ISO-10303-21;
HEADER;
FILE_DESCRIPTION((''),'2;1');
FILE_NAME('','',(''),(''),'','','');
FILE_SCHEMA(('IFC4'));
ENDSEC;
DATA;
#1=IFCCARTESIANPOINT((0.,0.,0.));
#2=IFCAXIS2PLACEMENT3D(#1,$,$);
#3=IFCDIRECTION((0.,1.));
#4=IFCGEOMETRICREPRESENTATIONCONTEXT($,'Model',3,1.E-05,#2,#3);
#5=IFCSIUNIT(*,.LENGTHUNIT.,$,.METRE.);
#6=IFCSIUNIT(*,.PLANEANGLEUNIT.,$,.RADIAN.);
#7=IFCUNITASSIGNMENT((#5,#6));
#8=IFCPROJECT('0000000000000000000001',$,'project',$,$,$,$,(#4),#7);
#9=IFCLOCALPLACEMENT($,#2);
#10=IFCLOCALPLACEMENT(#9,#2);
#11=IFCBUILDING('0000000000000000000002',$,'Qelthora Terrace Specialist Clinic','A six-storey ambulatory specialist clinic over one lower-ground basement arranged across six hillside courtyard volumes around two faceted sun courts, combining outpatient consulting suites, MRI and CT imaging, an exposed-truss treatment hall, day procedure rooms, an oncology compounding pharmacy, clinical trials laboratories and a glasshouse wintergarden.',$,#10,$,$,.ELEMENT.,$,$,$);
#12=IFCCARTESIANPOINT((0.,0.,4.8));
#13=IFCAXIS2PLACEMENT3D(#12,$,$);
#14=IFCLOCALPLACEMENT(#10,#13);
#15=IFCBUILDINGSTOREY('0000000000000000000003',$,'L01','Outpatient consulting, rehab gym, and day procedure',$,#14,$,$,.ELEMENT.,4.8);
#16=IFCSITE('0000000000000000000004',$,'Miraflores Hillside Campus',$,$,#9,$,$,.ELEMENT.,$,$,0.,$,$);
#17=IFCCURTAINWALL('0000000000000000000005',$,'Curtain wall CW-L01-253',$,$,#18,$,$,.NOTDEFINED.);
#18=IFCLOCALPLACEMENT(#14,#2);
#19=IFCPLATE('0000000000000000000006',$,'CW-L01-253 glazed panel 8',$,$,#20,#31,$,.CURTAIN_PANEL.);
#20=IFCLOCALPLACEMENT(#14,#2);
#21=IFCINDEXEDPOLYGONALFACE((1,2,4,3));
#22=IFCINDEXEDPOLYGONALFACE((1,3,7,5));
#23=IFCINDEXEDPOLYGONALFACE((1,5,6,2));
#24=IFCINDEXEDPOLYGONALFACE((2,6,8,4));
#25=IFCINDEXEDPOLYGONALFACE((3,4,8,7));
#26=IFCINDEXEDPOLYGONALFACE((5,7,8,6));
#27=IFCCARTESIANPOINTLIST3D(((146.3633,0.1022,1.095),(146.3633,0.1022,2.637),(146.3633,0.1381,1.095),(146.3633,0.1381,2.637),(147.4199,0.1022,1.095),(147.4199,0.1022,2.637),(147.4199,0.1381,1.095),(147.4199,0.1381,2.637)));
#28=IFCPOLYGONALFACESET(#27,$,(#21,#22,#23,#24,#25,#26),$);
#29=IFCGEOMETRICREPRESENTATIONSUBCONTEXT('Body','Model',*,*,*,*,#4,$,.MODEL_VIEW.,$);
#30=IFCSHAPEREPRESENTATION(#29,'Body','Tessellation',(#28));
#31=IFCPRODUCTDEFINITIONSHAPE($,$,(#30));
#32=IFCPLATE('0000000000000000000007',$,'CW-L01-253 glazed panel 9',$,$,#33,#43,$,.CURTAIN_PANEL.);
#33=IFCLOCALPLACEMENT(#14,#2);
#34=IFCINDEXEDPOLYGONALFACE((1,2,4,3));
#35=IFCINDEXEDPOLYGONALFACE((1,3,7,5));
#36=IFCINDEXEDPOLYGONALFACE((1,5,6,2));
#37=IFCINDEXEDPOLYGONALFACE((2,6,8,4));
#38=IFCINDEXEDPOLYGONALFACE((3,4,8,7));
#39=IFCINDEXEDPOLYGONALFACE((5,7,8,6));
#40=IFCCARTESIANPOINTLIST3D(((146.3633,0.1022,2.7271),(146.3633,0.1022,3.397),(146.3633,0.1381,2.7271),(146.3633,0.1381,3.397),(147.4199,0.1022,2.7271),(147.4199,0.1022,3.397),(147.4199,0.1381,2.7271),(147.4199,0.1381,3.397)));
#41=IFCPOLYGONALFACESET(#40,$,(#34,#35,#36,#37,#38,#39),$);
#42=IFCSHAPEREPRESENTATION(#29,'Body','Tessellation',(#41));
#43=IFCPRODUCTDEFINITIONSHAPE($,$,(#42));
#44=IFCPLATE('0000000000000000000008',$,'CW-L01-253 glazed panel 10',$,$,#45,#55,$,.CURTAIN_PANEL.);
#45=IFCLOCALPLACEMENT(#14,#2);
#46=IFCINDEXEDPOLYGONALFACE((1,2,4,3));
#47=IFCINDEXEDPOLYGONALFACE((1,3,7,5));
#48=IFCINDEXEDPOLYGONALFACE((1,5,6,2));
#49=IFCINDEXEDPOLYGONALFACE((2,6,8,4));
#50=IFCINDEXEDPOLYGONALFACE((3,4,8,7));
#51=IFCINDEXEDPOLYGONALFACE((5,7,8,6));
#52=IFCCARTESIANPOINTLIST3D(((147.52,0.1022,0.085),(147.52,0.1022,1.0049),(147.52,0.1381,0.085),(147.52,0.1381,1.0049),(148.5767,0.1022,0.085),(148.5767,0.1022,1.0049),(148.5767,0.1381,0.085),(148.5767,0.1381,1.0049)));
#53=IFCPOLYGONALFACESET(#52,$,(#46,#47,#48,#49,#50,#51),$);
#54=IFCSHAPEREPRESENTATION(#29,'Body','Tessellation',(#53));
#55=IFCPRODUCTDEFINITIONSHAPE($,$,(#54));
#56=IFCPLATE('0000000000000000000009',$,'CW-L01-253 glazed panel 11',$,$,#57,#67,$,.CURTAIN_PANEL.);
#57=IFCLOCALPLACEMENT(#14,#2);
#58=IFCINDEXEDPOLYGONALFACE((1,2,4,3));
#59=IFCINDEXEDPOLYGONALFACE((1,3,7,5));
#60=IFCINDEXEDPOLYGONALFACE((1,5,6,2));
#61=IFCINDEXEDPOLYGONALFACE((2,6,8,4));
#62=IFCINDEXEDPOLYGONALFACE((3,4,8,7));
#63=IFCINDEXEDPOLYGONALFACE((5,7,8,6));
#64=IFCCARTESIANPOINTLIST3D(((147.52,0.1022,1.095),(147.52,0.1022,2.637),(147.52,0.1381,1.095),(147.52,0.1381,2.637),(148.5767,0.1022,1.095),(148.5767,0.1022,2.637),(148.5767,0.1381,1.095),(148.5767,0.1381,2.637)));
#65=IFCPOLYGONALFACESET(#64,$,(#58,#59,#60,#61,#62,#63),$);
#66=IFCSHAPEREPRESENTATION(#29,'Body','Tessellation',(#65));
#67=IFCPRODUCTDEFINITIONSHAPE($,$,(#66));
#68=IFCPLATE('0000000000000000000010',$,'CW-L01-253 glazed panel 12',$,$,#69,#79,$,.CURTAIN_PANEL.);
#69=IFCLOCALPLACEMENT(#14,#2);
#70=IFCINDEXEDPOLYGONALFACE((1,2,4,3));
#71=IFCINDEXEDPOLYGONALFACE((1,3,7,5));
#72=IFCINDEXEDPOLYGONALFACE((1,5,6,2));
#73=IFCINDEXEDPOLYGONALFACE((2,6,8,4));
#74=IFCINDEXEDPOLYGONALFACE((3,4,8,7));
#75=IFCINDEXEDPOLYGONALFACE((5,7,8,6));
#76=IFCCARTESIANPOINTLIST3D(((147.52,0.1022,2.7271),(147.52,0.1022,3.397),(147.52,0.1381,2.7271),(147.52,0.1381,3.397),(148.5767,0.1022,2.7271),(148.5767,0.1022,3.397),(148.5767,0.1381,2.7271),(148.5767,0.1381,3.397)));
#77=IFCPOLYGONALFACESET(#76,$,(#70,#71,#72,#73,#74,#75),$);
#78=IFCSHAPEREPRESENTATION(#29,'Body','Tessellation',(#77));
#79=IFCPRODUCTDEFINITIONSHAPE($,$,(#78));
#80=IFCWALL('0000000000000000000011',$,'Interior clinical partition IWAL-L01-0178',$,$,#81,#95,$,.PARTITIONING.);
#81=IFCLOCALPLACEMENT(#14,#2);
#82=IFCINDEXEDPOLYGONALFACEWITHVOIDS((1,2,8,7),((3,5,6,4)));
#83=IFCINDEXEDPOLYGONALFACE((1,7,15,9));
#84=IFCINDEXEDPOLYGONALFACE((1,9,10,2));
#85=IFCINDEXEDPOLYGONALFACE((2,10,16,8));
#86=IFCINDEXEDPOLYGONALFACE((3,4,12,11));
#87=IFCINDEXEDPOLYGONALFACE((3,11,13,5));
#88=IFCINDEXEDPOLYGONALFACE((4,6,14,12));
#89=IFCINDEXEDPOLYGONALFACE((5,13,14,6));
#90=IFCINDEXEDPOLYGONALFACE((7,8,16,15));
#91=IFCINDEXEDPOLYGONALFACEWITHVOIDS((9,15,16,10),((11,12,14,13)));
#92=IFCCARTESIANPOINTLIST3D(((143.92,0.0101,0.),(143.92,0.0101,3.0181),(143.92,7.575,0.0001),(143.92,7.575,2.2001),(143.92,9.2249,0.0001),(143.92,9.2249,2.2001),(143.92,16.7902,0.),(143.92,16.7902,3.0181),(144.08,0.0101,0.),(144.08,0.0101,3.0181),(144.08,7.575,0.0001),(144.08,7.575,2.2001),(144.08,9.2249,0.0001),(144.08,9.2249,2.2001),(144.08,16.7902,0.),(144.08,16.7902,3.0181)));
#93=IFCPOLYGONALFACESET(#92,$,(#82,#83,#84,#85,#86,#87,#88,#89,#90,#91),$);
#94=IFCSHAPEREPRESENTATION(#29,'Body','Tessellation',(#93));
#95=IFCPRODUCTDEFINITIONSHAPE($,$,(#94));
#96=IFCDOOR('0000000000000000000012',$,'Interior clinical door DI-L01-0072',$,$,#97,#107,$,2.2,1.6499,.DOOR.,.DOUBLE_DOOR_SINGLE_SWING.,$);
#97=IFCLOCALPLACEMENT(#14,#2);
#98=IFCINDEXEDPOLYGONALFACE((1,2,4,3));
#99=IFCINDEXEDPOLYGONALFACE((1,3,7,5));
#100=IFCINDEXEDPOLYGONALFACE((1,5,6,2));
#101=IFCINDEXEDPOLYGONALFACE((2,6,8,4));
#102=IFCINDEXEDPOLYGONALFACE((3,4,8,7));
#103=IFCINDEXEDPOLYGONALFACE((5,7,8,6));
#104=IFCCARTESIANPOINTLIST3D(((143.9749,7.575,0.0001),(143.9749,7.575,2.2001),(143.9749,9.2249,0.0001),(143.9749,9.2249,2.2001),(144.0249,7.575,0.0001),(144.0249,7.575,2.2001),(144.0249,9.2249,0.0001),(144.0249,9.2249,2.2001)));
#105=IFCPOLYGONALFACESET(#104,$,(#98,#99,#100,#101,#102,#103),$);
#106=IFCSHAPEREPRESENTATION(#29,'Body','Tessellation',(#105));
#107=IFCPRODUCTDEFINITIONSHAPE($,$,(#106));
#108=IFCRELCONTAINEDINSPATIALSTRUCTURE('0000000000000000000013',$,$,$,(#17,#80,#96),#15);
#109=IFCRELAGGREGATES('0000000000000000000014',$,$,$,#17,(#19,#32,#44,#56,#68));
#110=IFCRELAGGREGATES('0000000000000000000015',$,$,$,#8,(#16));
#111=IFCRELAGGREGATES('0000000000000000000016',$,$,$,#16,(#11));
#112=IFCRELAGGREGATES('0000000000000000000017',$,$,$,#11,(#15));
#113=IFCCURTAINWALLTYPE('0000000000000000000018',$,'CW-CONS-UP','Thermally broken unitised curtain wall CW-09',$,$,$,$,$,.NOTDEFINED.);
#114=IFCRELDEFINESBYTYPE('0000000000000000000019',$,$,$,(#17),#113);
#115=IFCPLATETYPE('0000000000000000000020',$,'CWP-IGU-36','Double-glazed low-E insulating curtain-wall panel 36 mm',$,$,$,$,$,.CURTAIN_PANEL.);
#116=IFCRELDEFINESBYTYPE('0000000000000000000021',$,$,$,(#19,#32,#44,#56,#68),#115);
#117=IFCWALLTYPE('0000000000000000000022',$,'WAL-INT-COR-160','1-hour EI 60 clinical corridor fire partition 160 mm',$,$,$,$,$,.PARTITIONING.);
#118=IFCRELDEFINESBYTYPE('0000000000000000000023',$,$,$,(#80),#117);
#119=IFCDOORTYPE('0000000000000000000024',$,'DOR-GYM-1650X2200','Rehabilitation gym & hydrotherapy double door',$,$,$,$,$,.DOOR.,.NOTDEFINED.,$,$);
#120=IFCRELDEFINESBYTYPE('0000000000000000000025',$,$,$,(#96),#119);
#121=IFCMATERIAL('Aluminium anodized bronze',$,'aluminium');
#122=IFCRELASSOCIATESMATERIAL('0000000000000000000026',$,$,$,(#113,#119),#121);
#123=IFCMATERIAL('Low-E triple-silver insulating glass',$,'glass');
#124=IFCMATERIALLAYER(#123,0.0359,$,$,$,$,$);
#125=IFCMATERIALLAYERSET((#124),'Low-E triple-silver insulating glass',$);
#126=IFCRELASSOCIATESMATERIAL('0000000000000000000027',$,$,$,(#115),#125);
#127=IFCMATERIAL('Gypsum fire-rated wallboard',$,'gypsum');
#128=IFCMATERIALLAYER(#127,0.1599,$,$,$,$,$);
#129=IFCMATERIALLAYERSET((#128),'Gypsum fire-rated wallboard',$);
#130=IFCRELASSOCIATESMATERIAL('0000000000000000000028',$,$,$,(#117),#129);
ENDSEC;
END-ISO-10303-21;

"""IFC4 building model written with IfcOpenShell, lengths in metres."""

from ifc_helpers import new_model, si_unit, direction, frame, frame_2d, origin, origin_2d, place, context, subcontext, project, spatial, rectangle, extrude, material, layer, layer_set, type_object, element, fill, aggregate, save


model = new_model("IFC4")

# Units and contexts
model_context = context("Model", 3, precision=1e-05, world=origin(), true_north=direction((0.0, 1.0)))
body_context = subcontext(model_context, "Body", "Model", "MODEL_VIEW")
ifc_project = project(units=[si_unit("LENGTHUNIT", "METRE"), si_unit("PLANEANGLEUNIT", "RADIAN")], contexts=[model_context])

# Site, building, storey
site_placement = place(None, origin())
site = spatial("IfcSite", under=ifc_project, at=site_placement, Name="Miraflores Hillside Campus", CompositionType="ELEMENT", RefElevation=0.0)
building_placement = place(site_placement, origin())
building = spatial("IfcBuilding", under=site, at=building_placement, Name="Qelthora Terrace Specialist Clinic", Description="A six-storey ambulatory specialist clinic over one lower-ground basement arranged across six hillside courtyard volumes around two faceted sun courts, combining outpatient consulting suites, MRI and CT imaging, an exposed-truss treatment hall, day procedure rooms, an oncology compounding pharmacy, clinical trials laboratories and a glasshouse wintergarden.", CompositionType="ELEMENT")
storey_placement = place(building_placement, frame((0.0, 0.0, 4.8)))
storey = spatial("IfcBuildingStorey", under=building, at=storey_placement, Name="L01", Description="Outpatient consulting, rehab gym, and day procedure", CompositionType="ELEMENT", Elevation=4.8)

# Shared definitions
ifc_material_1 = material(Name="Aluminium anodized bronze", Category="aluminium")
curtain_wall_type = type_object("IfcCurtainWallType", Name="CW-CONS-UP", Description="Thermally broken unitised curtain wall CW-09", PredefinedType="NOTDEFINED", material=ifc_material_1)

# Curtain wall
curtain_wall_1_placement = place(storey_placement, origin())
curtain_wall_1 = element("IfcCurtainWall", 1, at=curtain_wall_1_placement, inside=storey, type_object=curtain_wall_type, Name="Curtain wall CW-L01-253", PredefinedType="NOTDEFINED")

# Plates
ifc_material_2 = material(Name="Low-E triple-silver insulating glass", Category="glass")
ifc_layer_1 = layer(ifc_material_2, 0.0359)
ifc_layer_set_1 = layer_set([ifc_layer_1], Name="Low-E triple-silver insulating glass")
plate_type = type_object("IfcPlateType", Name="CWP-IGU-36", Description="Double-glazed low-E insulating curtain-wall panel 36 mm", PredefinedType="CURTAIN_PANEL", material=ifc_layer_set_1)
plate_1_placement = place(storey_placement, frame((146.8916, 0.1201, 1.095), z_axis=(0.0, 0.0, 1.0), x_axis=(1.0, 0.0, 0.0)))
plate_1 = element("IfcPlate", 2, at=plate_1_placement, type_object=plate_type, Name="CW-L01-253 glazed panel 8", PredefinedType="CURTAIN_PANEL", context=body_context, shape_type="SweptSolid", body=[
    extrude(rectangle(XDim=1.0566, YDim=0.0359, at=origin_2d()), origin(), (0.0, 0.0, 1.0), 1.542),
])
plate_2_placement = place(storey_placement, frame((146.8916, 0.1201, 2.7271), z_axis=(0.0, 0.0, 1.0), x_axis=(1.0, 0.0, 0.0)))
plate_2 = element("IfcPlate", 3, at=plate_2_placement, type_object=plate_type, Name="CW-L01-253 glazed panel 9", PredefinedType="CURTAIN_PANEL", context=body_context, shape_type="SweptSolid", body=[
    extrude(rectangle(XDim=1.0566, YDim=0.0359, at=origin_2d()), origin(), (0.0, 0.0, 1.0), 0.6699),
])
plate_3_placement = place(storey_placement, frame((148.0483, 0.1201, 0.085), z_axis=(0.0, 0.0, 1.0), x_axis=(1.0, 0.0, 0.0)))
plate_3 = element("IfcPlate", 4, at=plate_3_placement, type_object=plate_type, Name="CW-L01-253 glazed panel 10", PredefinedType="CURTAIN_PANEL", context=body_context, shape_type="SweptSolid", body=[
    extrude(rectangle(XDim=1.0566, YDim=0.0359, at=origin_2d()), origin(), (0.0, 0.0, 1.0), 0.9199),
])
plate_4_placement = place(storey_placement, frame((148.0483, 0.1201, 1.095), z_axis=(0.0, 0.0, 1.0), x_axis=(1.0, 0.0, 0.0)))
plate_4 = element("IfcPlate", 5, at=plate_4_placement, type_object=plate_type, Name="CW-L01-253 glazed panel 11", PredefinedType="CURTAIN_PANEL", context=body_context, shape_type="SweptSolid", body=[
    extrude(rectangle(XDim=1.0566, YDim=0.0359, at=origin_2d()), origin(), (0.0, 0.0, 1.0), 1.542),
])
plate_5_placement = place(storey_placement, frame((148.0483, 0.1201, 2.7271), z_axis=(0.0, 0.0, 1.0), x_axis=(1.0, 0.0, 0.0)))
plate_5 = element("IfcPlate", 6, at=plate_5_placement, type_object=plate_type, Name="CW-L01-253 glazed panel 12", PredefinedType="CURTAIN_PANEL", context=body_context, shape_type="SweptSolid", body=[
    extrude(rectangle(XDim=1.0566, YDim=0.0359, at=origin_2d()), origin(), (0.0, 0.0, 1.0), 0.6699),
])
aggregate(curtain_wall_1, [plate_1, plate_2, plate_3, plate_4, plate_5])

# Wall, opening, door
ifc_material_3 = material(Name="Gypsum fire-rated wallboard", Category="gypsum")
ifc_layer_2 = layer(ifc_material_3, 0.1599)
ifc_layer_set_2 = layer_set([ifc_layer_2], Name="Gypsum fire-rated wallboard")
wall_type = type_object("IfcWallType", Name="WAL-INT-COR-160", Description="1-hour EI 60 clinical corridor fire partition 160 mm", PredefinedType="PARTITIONING", material=ifc_layer_set_2)
wall_placement = place(storey_placement, frame((144.0, 0.01, 0.0), z_axis=(0.0, 0.0, 1.0), x_axis=(0.0, 1.0, 0.0)))
wall = element("IfcWall", 7, at=wall_placement, inside=storey, type_object=wall_type, Name="Interior clinical partition IWAL-L01-0178", PredefinedType="PARTITIONING", context=body_context, shape_type="SweptSolid", body=[
    extrude(rectangle(XDim=16.78, YDim=0.1599, at=frame_2d((8.3901, 0.0))), origin(), (0.0, 0.0, 1.0), 3.0181),
])
opening_placement = place(wall_placement, frame((7.5649, 0.0, 0.0)))
opening = element("IfcOpeningElement", 8, at=opening_placement, cuts=wall, PredefinedType="OPENING", context=body_context, shape_type="SweptSolid", body=[
    extrude(rectangle(XDim=1.6499, YDim=2.2, at=frame_2d((0.825, 1.1001))), frame((0.0, 0.0898, 0.0), z_axis=(0.0, -1.0, 0.0), x_axis=(1.0, 0.0, 0.0)), (0.0, 0.0, 1.0), 0.1799),
])
door_type = type_object("IfcDoorType", Name="DOR-GYM-1650X2200", Description="Rehabilitation gym & hydrotherapy double door", OperationType="NOTDEFINED", PredefinedType="DOOR", material=ifc_material_1)
door_placement = place(opening_placement, frame((1.6499, 0.0, 0.0), z_axis=(0.0, 0.0, 1.0), x_axis=(-1.0, 0.0, 0.0)))
door = element("IfcDoor", 9, at=door_placement, inside=storey, type_object=door_type, Name="Interior clinical door DI-L01-0072", OperationType="DOUBLE_DOOR_SINGLE_SWING", OverallHeight=2.2, OverallWidth=1.6499, PredefinedType="DOOR", context=body_context, shape_type="SweptSolid", body=[
    extrude(rectangle(XDim=1.6499, YDim=2.2, at=frame_2d((0.825, 1.1001))), frame((0.0, 0.0249, 0.0), z_axis=(0.0, -1.0, 0.0), x_axis=(1.0, 0.0, 0.0)), (0.0, 0.0, 1.0), 0.05),
])
fill(opening, door)

save(model, "model.ifc")
